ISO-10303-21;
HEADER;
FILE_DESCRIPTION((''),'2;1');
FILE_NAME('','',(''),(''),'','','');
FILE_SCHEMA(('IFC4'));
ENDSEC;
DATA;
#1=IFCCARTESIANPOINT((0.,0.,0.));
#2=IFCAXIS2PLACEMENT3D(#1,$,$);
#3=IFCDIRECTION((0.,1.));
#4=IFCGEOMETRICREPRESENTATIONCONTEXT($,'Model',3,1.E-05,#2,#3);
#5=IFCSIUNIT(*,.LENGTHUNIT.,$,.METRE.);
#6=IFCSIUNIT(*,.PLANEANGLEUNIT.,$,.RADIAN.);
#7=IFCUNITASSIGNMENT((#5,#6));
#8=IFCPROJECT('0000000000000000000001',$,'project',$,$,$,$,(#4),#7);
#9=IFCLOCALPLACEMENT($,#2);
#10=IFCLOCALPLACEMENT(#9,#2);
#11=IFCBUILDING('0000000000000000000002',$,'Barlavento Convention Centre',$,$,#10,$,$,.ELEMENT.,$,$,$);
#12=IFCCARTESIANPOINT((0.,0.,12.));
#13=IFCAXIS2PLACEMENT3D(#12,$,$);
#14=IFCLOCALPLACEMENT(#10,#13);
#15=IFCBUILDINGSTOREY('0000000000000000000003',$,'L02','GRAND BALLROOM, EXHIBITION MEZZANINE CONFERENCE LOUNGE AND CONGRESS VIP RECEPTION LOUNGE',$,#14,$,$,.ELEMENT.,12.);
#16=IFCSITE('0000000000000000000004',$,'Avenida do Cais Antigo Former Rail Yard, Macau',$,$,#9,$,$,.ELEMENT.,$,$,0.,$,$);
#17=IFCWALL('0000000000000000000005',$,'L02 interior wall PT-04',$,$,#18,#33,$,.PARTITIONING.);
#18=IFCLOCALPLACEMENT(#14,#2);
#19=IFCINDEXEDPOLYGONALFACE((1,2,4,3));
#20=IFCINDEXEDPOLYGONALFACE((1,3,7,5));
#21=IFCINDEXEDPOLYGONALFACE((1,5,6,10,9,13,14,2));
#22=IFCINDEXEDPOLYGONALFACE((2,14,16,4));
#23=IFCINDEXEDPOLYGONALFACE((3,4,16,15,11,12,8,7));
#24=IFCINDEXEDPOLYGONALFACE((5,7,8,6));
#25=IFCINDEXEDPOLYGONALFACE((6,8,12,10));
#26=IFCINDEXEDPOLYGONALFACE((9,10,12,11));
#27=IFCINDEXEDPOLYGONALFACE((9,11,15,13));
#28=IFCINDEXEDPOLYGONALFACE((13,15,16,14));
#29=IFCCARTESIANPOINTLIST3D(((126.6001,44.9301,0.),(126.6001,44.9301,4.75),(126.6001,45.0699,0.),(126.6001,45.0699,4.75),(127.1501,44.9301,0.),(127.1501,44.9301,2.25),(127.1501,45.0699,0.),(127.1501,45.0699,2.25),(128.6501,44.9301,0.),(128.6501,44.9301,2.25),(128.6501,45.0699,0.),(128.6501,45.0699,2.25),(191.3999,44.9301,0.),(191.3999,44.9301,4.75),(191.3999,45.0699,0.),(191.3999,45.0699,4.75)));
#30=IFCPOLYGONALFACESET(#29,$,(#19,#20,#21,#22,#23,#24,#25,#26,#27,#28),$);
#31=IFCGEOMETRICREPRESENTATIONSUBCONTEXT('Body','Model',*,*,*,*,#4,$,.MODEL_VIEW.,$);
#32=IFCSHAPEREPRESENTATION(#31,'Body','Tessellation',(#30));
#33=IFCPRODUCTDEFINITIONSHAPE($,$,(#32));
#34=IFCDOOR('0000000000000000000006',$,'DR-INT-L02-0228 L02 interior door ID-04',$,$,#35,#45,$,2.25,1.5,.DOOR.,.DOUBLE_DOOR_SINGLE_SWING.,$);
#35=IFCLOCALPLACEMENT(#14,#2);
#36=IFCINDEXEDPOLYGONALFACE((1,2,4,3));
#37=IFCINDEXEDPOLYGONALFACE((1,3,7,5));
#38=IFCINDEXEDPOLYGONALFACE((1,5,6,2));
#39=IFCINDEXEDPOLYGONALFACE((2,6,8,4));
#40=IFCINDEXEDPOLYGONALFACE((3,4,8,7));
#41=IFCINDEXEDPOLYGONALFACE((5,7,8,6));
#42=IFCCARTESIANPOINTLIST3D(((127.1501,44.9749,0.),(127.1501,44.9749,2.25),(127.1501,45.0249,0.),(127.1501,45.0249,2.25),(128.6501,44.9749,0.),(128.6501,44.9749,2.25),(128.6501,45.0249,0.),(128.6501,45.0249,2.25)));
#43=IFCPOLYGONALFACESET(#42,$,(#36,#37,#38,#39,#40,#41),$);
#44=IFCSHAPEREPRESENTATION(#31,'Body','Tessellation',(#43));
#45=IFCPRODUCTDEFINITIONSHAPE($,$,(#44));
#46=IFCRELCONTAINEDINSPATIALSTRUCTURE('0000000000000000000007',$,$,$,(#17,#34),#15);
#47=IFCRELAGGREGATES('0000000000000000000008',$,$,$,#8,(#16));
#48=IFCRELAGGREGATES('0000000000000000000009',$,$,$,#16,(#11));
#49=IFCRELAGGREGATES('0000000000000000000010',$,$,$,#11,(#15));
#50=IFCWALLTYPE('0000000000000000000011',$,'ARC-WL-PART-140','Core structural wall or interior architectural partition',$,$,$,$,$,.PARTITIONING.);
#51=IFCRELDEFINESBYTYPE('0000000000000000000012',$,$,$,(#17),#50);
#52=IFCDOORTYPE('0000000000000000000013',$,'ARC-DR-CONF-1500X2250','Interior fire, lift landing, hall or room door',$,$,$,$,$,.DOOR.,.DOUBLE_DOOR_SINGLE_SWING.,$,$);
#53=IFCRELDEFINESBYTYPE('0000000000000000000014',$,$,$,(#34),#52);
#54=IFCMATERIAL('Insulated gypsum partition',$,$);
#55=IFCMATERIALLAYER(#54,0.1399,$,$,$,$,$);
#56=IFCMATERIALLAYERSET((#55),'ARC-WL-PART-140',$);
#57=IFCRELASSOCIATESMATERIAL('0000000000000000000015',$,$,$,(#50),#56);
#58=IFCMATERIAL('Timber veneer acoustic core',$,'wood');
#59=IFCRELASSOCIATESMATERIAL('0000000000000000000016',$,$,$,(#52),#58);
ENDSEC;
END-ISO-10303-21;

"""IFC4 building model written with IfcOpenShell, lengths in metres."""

from ifc_helpers import new_model, si_unit, direction, frame, frame_2d, origin, place, context, subcontext, project, spatial, rectangle, extrude, material, layer, layer_set, type_object, element, fill, save


model = new_model("IFC4")

# Units and contexts
model_context = context("Model", 3, precision=1e-05, world=origin(), true_north=direction((0.0, 1.0)))
body_context = subcontext(model_context, "Body", "Model", "MODEL_VIEW")
ifc_project = project(units=[si_unit("LENGTHUNIT", "METRE"), si_unit("PLANEANGLEUNIT", "RADIAN")], contexts=[model_context])

# Site, building, storey
site_placement = place(None, origin())
site = spatial("IfcSite", under=ifc_project, at=site_placement, Name="Avenida do Cais Antigo Former Rail Yard, Macau", CompositionType="ELEMENT", RefElevation=0.0)
building_placement = place(site_placement, origin())
building = spatial("IfcBuilding", under=site, at=building_placement, Name="Barlavento Convention Centre", CompositionType="ELEMENT")
storey_placement = place(building_placement, frame((0.0, 0.0, 12.0)))
storey = spatial("IfcBuildingStorey", under=building, at=storey_placement, Name="L02", Description="GRAND BALLROOM, EXHIBITION MEZZANINE CONFERENCE LOUNGE AND CONGRESS VIP RECEPTION LOUNGE", CompositionType="ELEMENT", Elevation=12.0)

# Wall, opening, door
ifc_material_1 = material(Name="Insulated gypsum partition")
ifc_layer_1 = layer(ifc_material_1, 0.1399)
ifc_layer_set_1 = layer_set([ifc_layer_1], Name="ARC-WL-PART-140")
wall_type = type_object("IfcWallType", Name="ARC-WL-PART-140", Description="Core structural wall or interior architectural partition", PredefinedType="PARTITIONING", material=ifc_layer_set_1)
wall_placement = place(storey_placement, frame((126.6001, 45.0, 0.0), z_axis=(0.0, 0.0, 1.0), x_axis=(1.0, 0.0, 0.0)))
wall = element("IfcWall", 1, at=wall_placement, inside=storey, type_object=wall_type, Name="L02 interior wall PT-04", PredefinedType="PARTITIONING", context=body_context, shape_type="SweptSolid", body=[
    extrude(rectangle(XDim=64.7998, YDim=0.1399, at=frame_2d((32.3999, 0.0))), origin(), (0.0, 0.0, 1.0), 4.75),
])
opening_placement = place(wall_placement, frame((0.55, 0.0, 0.0)))
opening = element("IfcOpeningElement", 2, at=opening_placement, cuts=wall, PredefinedType="OPENING", context=body_context, shape_type="SweptSolid", body=[
    extrude(rectangle(XDim=1.5, YDim=2.25, at=frame_2d((0.75, 1.125))), frame((0.0, 0.0798, 0.0), z_axis=(0.0, -1.0, 0.0), x_axis=(1.0, 0.0, 0.0)), (0.0, 0.0, 1.0), 0.1599),
])
ifc_material_2 = material(Name="Timber veneer acoustic core", Category="wood")
door_type = type_object("IfcDoorType", Name="ARC-DR-CONF-1500X2250", Description="Interior fire, lift landing, hall or room door", OperationType="DOUBLE_DOOR_SINGLE_SWING", PredefinedType="DOOR", material=ifc_material_2)
door_placement = place(opening_placement, origin())
door = element("IfcDoor", 3, at=door_placement, inside=storey, type_object=door_type, Name="DR-INT-L02-0228 L02 interior door ID-04", OperationType="DOUBLE_DOOR_SINGLE_SWING", OverallHeight=2.25, OverallWidth=1.5, PredefinedType="DOOR", context=body_context, shape_type="SweptSolid", body=[
    extrude(rectangle(XDim=1.5, YDim=2.25, at=frame_2d((0.75, 1.125))), frame((0.0, 0.0249, 0.0), z_axis=(0.0, -1.0, 0.0), x_axis=(1.0, 0.0, 0.0)), (0.0, 0.0, 1.0), 0.05),
])
fill(opening, door)

save(model, "model.ifc")
